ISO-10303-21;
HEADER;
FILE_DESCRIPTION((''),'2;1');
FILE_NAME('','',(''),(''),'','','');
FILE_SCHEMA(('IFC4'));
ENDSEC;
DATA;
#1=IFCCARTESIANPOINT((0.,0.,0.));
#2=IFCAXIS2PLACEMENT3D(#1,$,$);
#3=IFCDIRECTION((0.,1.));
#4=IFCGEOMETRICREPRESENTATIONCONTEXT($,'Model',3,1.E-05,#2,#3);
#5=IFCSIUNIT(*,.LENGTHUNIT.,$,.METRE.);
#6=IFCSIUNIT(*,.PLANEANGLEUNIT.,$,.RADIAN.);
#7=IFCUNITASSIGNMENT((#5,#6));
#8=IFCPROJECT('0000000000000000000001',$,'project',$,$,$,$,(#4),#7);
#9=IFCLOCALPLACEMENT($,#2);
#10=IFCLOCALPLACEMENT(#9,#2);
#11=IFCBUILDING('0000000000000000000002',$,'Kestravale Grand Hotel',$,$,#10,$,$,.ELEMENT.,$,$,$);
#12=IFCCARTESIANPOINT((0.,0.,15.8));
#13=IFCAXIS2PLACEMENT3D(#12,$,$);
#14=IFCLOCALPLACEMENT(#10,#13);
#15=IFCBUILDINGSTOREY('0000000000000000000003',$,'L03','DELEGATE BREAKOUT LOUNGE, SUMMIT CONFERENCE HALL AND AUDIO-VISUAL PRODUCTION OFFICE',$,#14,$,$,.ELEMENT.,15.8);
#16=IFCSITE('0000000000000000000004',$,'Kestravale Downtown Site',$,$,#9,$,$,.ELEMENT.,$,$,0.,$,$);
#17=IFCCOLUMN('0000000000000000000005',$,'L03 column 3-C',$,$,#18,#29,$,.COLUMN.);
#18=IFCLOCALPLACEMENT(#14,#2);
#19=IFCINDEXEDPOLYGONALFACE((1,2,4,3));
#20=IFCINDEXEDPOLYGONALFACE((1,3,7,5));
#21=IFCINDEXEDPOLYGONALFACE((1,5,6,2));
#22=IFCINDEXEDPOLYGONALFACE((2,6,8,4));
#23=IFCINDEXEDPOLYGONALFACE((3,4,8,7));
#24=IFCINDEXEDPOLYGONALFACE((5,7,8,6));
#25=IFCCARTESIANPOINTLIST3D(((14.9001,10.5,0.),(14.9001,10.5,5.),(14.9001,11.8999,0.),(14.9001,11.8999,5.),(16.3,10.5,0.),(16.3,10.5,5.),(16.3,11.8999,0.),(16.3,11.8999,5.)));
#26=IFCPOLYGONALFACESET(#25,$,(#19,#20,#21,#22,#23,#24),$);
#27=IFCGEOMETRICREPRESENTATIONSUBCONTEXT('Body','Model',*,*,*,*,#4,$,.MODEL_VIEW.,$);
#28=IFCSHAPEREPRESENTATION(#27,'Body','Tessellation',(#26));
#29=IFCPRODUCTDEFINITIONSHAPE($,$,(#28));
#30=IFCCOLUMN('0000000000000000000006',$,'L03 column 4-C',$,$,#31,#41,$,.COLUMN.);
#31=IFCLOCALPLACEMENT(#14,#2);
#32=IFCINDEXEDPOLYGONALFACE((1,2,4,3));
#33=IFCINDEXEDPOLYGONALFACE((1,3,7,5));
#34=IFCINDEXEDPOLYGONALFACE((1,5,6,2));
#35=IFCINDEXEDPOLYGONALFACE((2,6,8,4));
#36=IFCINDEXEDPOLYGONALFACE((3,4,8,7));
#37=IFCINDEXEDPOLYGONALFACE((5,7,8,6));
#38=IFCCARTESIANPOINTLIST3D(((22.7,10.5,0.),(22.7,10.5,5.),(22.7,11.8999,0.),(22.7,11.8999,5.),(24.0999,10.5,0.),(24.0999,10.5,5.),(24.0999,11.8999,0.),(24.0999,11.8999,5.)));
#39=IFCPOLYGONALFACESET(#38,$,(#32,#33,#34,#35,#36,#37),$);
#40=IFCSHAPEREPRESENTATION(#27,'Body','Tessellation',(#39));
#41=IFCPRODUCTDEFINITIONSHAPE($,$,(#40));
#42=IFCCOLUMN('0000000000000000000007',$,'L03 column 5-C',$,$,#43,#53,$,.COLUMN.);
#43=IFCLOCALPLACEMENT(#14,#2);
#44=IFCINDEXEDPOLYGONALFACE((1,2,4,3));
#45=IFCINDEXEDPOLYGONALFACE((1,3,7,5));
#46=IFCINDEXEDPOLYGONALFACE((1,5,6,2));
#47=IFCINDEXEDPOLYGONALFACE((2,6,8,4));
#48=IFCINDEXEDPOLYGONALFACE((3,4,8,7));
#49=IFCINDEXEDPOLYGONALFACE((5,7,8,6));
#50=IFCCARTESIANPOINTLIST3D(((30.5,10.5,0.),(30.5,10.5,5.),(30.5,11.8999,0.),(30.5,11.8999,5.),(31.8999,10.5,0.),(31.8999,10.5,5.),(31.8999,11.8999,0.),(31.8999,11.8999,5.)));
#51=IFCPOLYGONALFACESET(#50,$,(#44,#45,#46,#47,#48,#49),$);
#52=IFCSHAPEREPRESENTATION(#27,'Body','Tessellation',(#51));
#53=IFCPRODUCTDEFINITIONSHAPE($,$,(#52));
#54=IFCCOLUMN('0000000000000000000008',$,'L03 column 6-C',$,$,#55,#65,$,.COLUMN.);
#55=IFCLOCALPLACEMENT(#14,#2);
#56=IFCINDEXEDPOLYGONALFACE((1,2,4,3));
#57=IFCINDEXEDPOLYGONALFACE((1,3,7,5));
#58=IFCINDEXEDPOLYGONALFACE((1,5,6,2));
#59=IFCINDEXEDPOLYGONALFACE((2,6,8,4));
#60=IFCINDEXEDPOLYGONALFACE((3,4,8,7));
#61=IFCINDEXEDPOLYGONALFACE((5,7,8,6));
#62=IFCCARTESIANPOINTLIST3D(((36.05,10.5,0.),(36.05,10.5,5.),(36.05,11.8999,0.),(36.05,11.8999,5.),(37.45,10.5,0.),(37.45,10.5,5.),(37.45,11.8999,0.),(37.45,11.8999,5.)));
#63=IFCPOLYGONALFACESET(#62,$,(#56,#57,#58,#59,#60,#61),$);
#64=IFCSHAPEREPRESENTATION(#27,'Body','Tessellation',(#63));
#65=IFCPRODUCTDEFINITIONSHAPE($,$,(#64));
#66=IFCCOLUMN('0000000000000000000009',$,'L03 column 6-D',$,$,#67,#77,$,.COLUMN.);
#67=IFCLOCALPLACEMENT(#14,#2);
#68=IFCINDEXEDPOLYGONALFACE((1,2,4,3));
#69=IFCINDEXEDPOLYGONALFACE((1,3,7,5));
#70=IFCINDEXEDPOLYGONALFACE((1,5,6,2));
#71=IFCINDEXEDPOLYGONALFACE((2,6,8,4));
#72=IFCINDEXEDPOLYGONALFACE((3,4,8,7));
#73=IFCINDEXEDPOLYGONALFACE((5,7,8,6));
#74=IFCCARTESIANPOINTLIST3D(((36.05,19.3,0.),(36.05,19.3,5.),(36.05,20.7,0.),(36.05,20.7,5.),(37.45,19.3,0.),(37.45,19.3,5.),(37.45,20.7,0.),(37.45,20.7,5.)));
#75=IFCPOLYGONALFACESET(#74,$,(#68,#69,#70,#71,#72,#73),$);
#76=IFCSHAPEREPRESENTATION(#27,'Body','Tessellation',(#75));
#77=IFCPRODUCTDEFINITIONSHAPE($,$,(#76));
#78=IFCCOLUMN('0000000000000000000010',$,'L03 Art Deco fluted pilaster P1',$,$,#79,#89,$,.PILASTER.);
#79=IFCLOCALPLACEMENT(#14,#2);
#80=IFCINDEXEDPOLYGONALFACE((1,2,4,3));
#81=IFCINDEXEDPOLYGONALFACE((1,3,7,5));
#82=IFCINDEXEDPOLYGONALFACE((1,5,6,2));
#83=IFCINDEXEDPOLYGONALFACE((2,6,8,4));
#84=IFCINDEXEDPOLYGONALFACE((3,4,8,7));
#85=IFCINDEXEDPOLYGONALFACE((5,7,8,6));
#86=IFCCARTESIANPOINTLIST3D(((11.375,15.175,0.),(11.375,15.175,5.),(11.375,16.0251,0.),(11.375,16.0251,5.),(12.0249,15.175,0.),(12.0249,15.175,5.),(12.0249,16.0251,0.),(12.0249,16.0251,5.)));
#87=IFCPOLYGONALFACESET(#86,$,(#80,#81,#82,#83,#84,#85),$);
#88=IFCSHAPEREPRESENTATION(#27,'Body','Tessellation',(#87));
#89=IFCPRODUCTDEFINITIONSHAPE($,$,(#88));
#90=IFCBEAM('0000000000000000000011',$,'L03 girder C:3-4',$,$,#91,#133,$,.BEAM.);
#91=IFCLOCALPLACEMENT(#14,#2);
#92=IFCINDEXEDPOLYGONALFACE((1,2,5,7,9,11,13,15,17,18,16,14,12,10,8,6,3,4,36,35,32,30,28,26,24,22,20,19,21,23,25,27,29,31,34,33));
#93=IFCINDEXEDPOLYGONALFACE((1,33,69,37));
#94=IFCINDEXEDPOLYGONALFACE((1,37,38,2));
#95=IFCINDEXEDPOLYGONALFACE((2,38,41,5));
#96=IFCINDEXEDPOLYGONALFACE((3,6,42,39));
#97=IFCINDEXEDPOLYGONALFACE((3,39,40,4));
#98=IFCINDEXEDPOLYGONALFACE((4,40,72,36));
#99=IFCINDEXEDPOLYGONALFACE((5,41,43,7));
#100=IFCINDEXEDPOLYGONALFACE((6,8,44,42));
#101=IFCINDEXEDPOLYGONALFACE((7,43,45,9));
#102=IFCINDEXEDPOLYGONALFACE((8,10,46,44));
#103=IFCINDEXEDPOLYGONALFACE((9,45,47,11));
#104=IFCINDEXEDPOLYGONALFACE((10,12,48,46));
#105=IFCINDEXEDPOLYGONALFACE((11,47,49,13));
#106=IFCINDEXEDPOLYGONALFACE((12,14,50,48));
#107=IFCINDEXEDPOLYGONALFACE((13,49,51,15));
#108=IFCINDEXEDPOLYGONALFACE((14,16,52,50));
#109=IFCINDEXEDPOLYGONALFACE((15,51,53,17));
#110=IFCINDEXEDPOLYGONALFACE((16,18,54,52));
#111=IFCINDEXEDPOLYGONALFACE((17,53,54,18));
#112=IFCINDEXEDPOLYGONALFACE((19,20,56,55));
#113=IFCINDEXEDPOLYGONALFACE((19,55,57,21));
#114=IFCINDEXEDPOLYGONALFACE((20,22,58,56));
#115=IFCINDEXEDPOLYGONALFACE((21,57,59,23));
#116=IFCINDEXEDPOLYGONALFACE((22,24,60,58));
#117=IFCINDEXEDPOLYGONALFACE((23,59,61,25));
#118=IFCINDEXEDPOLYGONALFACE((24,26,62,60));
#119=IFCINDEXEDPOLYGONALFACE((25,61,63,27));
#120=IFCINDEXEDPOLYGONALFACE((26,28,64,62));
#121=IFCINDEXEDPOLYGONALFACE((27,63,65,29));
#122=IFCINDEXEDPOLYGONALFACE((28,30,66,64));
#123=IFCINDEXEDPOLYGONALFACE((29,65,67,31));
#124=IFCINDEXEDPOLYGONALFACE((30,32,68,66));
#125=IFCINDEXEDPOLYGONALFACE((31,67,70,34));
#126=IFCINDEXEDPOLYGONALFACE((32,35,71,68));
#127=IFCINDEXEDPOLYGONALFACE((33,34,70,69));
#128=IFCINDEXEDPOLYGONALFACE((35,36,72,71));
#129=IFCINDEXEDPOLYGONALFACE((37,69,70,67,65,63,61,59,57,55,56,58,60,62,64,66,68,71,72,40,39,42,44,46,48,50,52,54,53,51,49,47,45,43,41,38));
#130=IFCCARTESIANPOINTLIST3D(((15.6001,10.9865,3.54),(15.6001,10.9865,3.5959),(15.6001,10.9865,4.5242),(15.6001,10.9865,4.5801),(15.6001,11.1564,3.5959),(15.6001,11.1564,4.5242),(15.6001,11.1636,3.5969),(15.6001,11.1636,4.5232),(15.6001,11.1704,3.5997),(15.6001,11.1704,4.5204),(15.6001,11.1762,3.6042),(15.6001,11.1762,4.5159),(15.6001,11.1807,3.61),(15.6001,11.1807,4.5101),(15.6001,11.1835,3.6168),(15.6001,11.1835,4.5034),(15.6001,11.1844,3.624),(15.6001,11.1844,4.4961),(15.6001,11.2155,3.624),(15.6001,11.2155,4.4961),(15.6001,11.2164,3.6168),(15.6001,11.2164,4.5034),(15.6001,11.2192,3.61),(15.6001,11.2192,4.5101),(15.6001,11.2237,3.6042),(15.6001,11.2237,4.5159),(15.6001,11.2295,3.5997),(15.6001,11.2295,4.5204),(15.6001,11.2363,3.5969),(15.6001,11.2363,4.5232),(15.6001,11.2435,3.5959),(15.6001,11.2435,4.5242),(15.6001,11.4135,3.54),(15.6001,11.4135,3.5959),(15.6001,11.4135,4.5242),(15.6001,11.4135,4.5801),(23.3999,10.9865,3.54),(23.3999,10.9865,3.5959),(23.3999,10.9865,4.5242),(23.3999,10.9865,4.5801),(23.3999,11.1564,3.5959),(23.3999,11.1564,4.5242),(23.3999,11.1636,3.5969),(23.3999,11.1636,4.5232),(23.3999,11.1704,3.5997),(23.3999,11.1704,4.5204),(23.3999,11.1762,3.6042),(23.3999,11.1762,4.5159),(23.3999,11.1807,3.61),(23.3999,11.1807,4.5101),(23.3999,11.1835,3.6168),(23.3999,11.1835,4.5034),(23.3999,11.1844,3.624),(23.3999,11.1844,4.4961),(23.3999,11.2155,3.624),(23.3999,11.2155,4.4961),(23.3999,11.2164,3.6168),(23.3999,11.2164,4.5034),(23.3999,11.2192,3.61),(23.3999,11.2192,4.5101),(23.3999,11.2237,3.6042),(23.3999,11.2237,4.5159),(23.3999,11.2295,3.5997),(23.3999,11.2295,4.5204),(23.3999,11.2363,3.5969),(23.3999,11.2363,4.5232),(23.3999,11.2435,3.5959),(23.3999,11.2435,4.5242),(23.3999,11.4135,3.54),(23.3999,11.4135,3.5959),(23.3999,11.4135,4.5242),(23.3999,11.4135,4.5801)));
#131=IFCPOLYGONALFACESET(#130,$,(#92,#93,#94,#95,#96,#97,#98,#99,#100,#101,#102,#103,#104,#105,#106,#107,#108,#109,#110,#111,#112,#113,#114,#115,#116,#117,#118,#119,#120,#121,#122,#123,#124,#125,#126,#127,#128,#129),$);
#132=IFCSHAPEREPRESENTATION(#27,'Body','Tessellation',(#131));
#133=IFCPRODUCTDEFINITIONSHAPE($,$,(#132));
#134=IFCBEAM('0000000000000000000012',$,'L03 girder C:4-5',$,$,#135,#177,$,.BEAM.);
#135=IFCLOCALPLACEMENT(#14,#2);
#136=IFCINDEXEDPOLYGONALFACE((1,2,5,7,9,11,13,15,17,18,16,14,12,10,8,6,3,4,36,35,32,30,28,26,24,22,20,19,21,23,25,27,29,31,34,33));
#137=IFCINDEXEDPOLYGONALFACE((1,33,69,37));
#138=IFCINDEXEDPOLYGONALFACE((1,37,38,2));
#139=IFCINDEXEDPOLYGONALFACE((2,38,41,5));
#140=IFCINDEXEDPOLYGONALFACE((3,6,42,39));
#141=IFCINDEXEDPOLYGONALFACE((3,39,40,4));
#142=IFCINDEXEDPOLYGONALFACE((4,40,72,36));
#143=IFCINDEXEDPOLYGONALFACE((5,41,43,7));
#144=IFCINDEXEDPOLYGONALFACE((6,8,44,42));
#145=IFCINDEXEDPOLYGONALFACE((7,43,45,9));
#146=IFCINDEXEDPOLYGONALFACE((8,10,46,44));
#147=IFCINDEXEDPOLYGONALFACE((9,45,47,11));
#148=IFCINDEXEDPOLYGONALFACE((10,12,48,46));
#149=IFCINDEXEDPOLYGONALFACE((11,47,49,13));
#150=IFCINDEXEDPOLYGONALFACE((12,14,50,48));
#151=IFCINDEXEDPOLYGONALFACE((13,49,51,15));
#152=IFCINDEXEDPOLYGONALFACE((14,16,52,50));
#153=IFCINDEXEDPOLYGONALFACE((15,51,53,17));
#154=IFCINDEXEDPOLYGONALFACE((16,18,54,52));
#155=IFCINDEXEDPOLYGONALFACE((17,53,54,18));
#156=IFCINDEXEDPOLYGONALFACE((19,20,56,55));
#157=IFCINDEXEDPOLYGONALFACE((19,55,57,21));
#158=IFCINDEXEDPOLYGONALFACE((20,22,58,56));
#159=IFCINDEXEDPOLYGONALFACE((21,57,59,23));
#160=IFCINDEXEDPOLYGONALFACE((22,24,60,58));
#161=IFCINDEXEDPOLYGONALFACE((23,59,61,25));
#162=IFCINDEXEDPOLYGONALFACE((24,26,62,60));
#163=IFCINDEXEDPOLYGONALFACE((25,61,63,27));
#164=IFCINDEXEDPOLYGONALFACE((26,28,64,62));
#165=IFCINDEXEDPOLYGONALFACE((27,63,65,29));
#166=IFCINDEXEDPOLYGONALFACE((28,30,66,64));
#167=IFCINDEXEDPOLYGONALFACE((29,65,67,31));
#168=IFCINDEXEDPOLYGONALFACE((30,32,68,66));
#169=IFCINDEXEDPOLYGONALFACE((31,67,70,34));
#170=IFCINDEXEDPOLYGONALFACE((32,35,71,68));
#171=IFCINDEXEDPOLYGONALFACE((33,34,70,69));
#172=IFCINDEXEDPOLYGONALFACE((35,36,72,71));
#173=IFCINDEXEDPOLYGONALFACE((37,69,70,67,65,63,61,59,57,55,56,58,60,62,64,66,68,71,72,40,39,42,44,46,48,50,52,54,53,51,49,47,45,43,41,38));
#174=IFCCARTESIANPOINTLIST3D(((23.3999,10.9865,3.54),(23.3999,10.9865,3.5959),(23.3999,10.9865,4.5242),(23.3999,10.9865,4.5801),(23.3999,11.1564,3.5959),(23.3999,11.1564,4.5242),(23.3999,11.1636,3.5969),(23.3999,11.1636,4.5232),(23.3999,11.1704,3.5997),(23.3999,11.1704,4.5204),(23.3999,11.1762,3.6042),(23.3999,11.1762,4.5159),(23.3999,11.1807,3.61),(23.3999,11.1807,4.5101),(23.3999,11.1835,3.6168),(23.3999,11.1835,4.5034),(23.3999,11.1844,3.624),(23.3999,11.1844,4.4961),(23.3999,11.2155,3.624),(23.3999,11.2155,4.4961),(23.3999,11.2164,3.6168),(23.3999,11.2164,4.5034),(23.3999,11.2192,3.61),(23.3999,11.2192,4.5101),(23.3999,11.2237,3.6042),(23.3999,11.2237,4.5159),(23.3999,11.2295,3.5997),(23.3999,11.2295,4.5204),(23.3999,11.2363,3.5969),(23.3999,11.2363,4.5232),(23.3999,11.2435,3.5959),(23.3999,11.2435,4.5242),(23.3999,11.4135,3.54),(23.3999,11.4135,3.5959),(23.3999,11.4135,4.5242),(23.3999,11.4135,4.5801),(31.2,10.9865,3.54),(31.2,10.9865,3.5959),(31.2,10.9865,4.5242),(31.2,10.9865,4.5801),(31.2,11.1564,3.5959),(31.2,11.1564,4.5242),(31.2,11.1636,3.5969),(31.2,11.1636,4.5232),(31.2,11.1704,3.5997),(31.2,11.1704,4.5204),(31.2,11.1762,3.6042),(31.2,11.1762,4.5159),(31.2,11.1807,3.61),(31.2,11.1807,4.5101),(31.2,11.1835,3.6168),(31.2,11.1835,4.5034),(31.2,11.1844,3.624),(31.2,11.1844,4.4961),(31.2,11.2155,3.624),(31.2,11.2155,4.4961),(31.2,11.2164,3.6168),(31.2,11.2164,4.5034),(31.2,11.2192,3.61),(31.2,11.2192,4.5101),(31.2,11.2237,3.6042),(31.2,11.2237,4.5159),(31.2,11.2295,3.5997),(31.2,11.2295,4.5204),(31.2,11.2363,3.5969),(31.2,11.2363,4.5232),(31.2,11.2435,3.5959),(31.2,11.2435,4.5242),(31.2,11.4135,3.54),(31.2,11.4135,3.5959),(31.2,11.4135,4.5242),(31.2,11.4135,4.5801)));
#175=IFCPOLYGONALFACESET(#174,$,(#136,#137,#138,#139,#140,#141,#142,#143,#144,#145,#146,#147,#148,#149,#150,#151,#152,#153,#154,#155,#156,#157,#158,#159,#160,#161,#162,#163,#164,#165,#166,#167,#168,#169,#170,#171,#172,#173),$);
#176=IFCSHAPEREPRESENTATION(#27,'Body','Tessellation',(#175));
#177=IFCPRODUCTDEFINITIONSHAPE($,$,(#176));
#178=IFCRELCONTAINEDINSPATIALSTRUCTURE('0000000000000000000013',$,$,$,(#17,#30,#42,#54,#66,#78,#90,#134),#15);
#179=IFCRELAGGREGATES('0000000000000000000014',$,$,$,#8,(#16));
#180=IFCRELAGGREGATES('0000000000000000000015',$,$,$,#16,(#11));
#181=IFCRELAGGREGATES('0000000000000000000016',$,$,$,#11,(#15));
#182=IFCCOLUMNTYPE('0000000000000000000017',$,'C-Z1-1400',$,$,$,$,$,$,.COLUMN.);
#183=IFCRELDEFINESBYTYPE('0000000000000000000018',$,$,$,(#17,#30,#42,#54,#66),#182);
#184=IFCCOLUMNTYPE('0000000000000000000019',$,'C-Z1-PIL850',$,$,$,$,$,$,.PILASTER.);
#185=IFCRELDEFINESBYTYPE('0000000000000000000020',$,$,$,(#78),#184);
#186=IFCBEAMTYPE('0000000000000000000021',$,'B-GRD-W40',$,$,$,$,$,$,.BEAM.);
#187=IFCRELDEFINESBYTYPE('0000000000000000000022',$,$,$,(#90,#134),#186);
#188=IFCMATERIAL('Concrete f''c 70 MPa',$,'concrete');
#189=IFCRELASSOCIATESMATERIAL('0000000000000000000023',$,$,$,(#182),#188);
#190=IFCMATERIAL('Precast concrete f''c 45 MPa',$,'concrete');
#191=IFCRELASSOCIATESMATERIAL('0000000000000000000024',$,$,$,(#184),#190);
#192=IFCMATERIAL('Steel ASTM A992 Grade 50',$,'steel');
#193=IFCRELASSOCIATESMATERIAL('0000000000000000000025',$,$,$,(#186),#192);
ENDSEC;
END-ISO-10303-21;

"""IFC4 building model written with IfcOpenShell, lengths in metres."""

from ifc_helpers import new_model, si_unit, direction, frame, origin, origin_2d, place, context, subcontext, project, spatial, rectangle, i_section, extrude, material, material_profile, profile_set, type_object, element, save


model = new_model("IFC4")

# Units and contexts
model_context = context("Model", 3, precision=1e-05, world=origin(), true_north=direction((0.0, 1.0)))
body_context = subcontext(model_context, "Body", "Model", "MODEL_VIEW")
ifc_project = project(units=[si_unit("LENGTHUNIT", "METRE"), si_unit("PLANEANGLEUNIT", "RADIAN")], contexts=[model_context])

# Site, building, storey
site_placement = place(None, origin())
site = spatial("IfcSite", under=ifc_project, at=site_placement, Name="Kestravale Downtown Site", CompositionType="ELEMENT", RefElevation=0.0)
building_placement = place(site_placement, origin())
building = spatial("IfcBuilding", under=site, at=building_placement, Name="Kestravale Grand Hotel", CompositionType="ELEMENT")
storey_placement = place(building_placement, frame((0.0, 0.0, 15.8)))
storey = spatial("IfcBuildingStorey", under=building, at=storey_placement, Name="L03", Description="DELEGATE BREAKOUT LOUNGE, SUMMIT CONFERENCE HALL AND AUDIO-VISUAL PRODUCTION OFFICE", CompositionType="ELEMENT", Elevation=15.8)

# Columns
ifc_material_1 = material(Name="Concrete f'c 70 MPa", Category="concrete")
ifc_material_profile_1 = material_profile(ifc_material_1, rectangle(XDim=1.3999, YDim=1.3999, at=origin_2d()))
ifc_profile_set_1 = profile_set([ifc_material_profile_1], Name="Concrete f'c 70 MPa")
column_type_1 = type_object("IfcColumnType", Name="C-Z1-1400", PredefinedType="COLUMN", material=ifc_profile_set_1)
for number, where, z_axis, x_axis, name in (
    (1, (15.6001, 11.2, 0.0), (0.0, 0.0, 1.0), (1.0, 0.0, 0.0), "L03 column 3-C"),
    (2, (23.3999, 11.2, 0.0), (0.0, 0.0, 1.0), (1.0, 0.0, 0.0), "L03 column 4-C"),
    (3, (31.2, 11.2, 0.0), (0.0, 0.0, 1.0), (1.0, 0.0, 0.0), "L03 column 5-C"),
    (4, (36.75, 11.2, 0.0), (0.0, 0.0, 1.0), (1.0, 0.0, 0.0), "L03 column 6-C"),
    (5, (36.75, 20.0, 0.0), (0.0, 0.0, 1.0), (1.0, 0.0, 0.0), "L03 column 6-D"),
):
    element("IfcColumn", number, at=place(storey_placement, frame(where, z_axis=z_axis, x_axis=x_axis)), inside=storey, type_object=column_type_1, Name=name, PredefinedType="COLUMN", context=body_context, shape_type="SweptSolid", body=[
        extrude(rectangle(XDim=1.3999, YDim=1.3999, at=origin_2d()), origin(), (0.0, 0.0, 1.0), 5.0),
    ])
ifc_material_2 = material(Name="Precast concrete f'c 45 MPa", Category="concrete")
ifc_material_profile_2 = material_profile(ifc_material_2, rectangle(XDim=0.6499, YDim=0.8501, at=origin_2d()))
ifc_profile_set_2 = profile_set([ifc_material_profile_2], Name="Precast concrete f'c 45 MPa")
column_type_2 = type_object("IfcColumnType", Name="C-Z1-PIL850", PredefinedType="PILASTER", material=ifc_profile_set_2)
column_placement = place(storey_placement, frame((11.7, 15.6001, 0.0), z_axis=(0.0, 0.0, 1.0), x_axis=(1.0, 0.0, 0.0)))
element("IfcColumn", 6, at=column_placement, inside=storey, type_object=column_type_2, Name="L03 Art Deco fluted pilaster P1", PredefinedType="PILASTER", context=body_context, shape_type="SweptSolid", body=[
    extrude(rectangle(XDim=0.6499, YDim=0.8501, at=origin_2d()), origin(), (0.0, 0.0, 1.0), 5.0),
])

# Beams
ifc_material_3 = material(Name="Steel ASTM A992 Grade 50", Category="steel")
ifc_material_profile_3 = material_profile(ifc_material_3, i_section(OverallWidth=0.427, OverallDepth=1.04, WebThickness=0.031, FlangeThickness=0.0559, FilletRadius=0.0281, at=origin_2d()))
ifc_profile_set_3 = profile_set([ifc_material_profile_3], Name="Steel ASTM A992 Grade 50")
beam_type = type_object("IfcBeamType", Name="B-GRD-W40", PredefinedType="BEAM", material=ifc_profile_set_3)
beam_1_placement = place(storey_placement, frame((15.6001, 11.2, 4.0601), z_axis=(1.0, 0.0, 0.0), x_axis=(0.0, 1.0, 0.0)))
element("IfcBeam", 7, at=beam_1_placement, inside=storey, type_object=beam_type, Name="L03 girder C:3-4", PredefinedType="BEAM", context=body_context, shape_type="SweptSolid", body=[
    extrude(i_section(OverallWidth=0.427, OverallDepth=1.04, WebThickness=0.031, FlangeThickness=0.0559, FilletRadius=0.0281, at=origin_2d()), origin(), (0.0, 0.0, 1.0), 7.7998),
])
beam_2_placement = place(storey_placement, frame((23.3999, 11.2, 4.0601), z_axis=(1.0, 0.0, 0.0), x_axis=(0.0, 1.0, 0.0)))
element("IfcBeam", 8, at=beam_2_placement, inside=storey, type_object=beam_type, Name="L03 girder C:4-5", PredefinedType="BEAM", context=body_context, shape_type="SweptSolid", body=[
    extrude(i_section(OverallWidth=0.427, OverallDepth=1.04, WebThickness=0.031, FlangeThickness=0.0559, FilletRadius=0.0281, at=origin_2d()), origin(), (0.0, 0.0, 1.0), 7.8),
])

save(model, "model.ifc")
